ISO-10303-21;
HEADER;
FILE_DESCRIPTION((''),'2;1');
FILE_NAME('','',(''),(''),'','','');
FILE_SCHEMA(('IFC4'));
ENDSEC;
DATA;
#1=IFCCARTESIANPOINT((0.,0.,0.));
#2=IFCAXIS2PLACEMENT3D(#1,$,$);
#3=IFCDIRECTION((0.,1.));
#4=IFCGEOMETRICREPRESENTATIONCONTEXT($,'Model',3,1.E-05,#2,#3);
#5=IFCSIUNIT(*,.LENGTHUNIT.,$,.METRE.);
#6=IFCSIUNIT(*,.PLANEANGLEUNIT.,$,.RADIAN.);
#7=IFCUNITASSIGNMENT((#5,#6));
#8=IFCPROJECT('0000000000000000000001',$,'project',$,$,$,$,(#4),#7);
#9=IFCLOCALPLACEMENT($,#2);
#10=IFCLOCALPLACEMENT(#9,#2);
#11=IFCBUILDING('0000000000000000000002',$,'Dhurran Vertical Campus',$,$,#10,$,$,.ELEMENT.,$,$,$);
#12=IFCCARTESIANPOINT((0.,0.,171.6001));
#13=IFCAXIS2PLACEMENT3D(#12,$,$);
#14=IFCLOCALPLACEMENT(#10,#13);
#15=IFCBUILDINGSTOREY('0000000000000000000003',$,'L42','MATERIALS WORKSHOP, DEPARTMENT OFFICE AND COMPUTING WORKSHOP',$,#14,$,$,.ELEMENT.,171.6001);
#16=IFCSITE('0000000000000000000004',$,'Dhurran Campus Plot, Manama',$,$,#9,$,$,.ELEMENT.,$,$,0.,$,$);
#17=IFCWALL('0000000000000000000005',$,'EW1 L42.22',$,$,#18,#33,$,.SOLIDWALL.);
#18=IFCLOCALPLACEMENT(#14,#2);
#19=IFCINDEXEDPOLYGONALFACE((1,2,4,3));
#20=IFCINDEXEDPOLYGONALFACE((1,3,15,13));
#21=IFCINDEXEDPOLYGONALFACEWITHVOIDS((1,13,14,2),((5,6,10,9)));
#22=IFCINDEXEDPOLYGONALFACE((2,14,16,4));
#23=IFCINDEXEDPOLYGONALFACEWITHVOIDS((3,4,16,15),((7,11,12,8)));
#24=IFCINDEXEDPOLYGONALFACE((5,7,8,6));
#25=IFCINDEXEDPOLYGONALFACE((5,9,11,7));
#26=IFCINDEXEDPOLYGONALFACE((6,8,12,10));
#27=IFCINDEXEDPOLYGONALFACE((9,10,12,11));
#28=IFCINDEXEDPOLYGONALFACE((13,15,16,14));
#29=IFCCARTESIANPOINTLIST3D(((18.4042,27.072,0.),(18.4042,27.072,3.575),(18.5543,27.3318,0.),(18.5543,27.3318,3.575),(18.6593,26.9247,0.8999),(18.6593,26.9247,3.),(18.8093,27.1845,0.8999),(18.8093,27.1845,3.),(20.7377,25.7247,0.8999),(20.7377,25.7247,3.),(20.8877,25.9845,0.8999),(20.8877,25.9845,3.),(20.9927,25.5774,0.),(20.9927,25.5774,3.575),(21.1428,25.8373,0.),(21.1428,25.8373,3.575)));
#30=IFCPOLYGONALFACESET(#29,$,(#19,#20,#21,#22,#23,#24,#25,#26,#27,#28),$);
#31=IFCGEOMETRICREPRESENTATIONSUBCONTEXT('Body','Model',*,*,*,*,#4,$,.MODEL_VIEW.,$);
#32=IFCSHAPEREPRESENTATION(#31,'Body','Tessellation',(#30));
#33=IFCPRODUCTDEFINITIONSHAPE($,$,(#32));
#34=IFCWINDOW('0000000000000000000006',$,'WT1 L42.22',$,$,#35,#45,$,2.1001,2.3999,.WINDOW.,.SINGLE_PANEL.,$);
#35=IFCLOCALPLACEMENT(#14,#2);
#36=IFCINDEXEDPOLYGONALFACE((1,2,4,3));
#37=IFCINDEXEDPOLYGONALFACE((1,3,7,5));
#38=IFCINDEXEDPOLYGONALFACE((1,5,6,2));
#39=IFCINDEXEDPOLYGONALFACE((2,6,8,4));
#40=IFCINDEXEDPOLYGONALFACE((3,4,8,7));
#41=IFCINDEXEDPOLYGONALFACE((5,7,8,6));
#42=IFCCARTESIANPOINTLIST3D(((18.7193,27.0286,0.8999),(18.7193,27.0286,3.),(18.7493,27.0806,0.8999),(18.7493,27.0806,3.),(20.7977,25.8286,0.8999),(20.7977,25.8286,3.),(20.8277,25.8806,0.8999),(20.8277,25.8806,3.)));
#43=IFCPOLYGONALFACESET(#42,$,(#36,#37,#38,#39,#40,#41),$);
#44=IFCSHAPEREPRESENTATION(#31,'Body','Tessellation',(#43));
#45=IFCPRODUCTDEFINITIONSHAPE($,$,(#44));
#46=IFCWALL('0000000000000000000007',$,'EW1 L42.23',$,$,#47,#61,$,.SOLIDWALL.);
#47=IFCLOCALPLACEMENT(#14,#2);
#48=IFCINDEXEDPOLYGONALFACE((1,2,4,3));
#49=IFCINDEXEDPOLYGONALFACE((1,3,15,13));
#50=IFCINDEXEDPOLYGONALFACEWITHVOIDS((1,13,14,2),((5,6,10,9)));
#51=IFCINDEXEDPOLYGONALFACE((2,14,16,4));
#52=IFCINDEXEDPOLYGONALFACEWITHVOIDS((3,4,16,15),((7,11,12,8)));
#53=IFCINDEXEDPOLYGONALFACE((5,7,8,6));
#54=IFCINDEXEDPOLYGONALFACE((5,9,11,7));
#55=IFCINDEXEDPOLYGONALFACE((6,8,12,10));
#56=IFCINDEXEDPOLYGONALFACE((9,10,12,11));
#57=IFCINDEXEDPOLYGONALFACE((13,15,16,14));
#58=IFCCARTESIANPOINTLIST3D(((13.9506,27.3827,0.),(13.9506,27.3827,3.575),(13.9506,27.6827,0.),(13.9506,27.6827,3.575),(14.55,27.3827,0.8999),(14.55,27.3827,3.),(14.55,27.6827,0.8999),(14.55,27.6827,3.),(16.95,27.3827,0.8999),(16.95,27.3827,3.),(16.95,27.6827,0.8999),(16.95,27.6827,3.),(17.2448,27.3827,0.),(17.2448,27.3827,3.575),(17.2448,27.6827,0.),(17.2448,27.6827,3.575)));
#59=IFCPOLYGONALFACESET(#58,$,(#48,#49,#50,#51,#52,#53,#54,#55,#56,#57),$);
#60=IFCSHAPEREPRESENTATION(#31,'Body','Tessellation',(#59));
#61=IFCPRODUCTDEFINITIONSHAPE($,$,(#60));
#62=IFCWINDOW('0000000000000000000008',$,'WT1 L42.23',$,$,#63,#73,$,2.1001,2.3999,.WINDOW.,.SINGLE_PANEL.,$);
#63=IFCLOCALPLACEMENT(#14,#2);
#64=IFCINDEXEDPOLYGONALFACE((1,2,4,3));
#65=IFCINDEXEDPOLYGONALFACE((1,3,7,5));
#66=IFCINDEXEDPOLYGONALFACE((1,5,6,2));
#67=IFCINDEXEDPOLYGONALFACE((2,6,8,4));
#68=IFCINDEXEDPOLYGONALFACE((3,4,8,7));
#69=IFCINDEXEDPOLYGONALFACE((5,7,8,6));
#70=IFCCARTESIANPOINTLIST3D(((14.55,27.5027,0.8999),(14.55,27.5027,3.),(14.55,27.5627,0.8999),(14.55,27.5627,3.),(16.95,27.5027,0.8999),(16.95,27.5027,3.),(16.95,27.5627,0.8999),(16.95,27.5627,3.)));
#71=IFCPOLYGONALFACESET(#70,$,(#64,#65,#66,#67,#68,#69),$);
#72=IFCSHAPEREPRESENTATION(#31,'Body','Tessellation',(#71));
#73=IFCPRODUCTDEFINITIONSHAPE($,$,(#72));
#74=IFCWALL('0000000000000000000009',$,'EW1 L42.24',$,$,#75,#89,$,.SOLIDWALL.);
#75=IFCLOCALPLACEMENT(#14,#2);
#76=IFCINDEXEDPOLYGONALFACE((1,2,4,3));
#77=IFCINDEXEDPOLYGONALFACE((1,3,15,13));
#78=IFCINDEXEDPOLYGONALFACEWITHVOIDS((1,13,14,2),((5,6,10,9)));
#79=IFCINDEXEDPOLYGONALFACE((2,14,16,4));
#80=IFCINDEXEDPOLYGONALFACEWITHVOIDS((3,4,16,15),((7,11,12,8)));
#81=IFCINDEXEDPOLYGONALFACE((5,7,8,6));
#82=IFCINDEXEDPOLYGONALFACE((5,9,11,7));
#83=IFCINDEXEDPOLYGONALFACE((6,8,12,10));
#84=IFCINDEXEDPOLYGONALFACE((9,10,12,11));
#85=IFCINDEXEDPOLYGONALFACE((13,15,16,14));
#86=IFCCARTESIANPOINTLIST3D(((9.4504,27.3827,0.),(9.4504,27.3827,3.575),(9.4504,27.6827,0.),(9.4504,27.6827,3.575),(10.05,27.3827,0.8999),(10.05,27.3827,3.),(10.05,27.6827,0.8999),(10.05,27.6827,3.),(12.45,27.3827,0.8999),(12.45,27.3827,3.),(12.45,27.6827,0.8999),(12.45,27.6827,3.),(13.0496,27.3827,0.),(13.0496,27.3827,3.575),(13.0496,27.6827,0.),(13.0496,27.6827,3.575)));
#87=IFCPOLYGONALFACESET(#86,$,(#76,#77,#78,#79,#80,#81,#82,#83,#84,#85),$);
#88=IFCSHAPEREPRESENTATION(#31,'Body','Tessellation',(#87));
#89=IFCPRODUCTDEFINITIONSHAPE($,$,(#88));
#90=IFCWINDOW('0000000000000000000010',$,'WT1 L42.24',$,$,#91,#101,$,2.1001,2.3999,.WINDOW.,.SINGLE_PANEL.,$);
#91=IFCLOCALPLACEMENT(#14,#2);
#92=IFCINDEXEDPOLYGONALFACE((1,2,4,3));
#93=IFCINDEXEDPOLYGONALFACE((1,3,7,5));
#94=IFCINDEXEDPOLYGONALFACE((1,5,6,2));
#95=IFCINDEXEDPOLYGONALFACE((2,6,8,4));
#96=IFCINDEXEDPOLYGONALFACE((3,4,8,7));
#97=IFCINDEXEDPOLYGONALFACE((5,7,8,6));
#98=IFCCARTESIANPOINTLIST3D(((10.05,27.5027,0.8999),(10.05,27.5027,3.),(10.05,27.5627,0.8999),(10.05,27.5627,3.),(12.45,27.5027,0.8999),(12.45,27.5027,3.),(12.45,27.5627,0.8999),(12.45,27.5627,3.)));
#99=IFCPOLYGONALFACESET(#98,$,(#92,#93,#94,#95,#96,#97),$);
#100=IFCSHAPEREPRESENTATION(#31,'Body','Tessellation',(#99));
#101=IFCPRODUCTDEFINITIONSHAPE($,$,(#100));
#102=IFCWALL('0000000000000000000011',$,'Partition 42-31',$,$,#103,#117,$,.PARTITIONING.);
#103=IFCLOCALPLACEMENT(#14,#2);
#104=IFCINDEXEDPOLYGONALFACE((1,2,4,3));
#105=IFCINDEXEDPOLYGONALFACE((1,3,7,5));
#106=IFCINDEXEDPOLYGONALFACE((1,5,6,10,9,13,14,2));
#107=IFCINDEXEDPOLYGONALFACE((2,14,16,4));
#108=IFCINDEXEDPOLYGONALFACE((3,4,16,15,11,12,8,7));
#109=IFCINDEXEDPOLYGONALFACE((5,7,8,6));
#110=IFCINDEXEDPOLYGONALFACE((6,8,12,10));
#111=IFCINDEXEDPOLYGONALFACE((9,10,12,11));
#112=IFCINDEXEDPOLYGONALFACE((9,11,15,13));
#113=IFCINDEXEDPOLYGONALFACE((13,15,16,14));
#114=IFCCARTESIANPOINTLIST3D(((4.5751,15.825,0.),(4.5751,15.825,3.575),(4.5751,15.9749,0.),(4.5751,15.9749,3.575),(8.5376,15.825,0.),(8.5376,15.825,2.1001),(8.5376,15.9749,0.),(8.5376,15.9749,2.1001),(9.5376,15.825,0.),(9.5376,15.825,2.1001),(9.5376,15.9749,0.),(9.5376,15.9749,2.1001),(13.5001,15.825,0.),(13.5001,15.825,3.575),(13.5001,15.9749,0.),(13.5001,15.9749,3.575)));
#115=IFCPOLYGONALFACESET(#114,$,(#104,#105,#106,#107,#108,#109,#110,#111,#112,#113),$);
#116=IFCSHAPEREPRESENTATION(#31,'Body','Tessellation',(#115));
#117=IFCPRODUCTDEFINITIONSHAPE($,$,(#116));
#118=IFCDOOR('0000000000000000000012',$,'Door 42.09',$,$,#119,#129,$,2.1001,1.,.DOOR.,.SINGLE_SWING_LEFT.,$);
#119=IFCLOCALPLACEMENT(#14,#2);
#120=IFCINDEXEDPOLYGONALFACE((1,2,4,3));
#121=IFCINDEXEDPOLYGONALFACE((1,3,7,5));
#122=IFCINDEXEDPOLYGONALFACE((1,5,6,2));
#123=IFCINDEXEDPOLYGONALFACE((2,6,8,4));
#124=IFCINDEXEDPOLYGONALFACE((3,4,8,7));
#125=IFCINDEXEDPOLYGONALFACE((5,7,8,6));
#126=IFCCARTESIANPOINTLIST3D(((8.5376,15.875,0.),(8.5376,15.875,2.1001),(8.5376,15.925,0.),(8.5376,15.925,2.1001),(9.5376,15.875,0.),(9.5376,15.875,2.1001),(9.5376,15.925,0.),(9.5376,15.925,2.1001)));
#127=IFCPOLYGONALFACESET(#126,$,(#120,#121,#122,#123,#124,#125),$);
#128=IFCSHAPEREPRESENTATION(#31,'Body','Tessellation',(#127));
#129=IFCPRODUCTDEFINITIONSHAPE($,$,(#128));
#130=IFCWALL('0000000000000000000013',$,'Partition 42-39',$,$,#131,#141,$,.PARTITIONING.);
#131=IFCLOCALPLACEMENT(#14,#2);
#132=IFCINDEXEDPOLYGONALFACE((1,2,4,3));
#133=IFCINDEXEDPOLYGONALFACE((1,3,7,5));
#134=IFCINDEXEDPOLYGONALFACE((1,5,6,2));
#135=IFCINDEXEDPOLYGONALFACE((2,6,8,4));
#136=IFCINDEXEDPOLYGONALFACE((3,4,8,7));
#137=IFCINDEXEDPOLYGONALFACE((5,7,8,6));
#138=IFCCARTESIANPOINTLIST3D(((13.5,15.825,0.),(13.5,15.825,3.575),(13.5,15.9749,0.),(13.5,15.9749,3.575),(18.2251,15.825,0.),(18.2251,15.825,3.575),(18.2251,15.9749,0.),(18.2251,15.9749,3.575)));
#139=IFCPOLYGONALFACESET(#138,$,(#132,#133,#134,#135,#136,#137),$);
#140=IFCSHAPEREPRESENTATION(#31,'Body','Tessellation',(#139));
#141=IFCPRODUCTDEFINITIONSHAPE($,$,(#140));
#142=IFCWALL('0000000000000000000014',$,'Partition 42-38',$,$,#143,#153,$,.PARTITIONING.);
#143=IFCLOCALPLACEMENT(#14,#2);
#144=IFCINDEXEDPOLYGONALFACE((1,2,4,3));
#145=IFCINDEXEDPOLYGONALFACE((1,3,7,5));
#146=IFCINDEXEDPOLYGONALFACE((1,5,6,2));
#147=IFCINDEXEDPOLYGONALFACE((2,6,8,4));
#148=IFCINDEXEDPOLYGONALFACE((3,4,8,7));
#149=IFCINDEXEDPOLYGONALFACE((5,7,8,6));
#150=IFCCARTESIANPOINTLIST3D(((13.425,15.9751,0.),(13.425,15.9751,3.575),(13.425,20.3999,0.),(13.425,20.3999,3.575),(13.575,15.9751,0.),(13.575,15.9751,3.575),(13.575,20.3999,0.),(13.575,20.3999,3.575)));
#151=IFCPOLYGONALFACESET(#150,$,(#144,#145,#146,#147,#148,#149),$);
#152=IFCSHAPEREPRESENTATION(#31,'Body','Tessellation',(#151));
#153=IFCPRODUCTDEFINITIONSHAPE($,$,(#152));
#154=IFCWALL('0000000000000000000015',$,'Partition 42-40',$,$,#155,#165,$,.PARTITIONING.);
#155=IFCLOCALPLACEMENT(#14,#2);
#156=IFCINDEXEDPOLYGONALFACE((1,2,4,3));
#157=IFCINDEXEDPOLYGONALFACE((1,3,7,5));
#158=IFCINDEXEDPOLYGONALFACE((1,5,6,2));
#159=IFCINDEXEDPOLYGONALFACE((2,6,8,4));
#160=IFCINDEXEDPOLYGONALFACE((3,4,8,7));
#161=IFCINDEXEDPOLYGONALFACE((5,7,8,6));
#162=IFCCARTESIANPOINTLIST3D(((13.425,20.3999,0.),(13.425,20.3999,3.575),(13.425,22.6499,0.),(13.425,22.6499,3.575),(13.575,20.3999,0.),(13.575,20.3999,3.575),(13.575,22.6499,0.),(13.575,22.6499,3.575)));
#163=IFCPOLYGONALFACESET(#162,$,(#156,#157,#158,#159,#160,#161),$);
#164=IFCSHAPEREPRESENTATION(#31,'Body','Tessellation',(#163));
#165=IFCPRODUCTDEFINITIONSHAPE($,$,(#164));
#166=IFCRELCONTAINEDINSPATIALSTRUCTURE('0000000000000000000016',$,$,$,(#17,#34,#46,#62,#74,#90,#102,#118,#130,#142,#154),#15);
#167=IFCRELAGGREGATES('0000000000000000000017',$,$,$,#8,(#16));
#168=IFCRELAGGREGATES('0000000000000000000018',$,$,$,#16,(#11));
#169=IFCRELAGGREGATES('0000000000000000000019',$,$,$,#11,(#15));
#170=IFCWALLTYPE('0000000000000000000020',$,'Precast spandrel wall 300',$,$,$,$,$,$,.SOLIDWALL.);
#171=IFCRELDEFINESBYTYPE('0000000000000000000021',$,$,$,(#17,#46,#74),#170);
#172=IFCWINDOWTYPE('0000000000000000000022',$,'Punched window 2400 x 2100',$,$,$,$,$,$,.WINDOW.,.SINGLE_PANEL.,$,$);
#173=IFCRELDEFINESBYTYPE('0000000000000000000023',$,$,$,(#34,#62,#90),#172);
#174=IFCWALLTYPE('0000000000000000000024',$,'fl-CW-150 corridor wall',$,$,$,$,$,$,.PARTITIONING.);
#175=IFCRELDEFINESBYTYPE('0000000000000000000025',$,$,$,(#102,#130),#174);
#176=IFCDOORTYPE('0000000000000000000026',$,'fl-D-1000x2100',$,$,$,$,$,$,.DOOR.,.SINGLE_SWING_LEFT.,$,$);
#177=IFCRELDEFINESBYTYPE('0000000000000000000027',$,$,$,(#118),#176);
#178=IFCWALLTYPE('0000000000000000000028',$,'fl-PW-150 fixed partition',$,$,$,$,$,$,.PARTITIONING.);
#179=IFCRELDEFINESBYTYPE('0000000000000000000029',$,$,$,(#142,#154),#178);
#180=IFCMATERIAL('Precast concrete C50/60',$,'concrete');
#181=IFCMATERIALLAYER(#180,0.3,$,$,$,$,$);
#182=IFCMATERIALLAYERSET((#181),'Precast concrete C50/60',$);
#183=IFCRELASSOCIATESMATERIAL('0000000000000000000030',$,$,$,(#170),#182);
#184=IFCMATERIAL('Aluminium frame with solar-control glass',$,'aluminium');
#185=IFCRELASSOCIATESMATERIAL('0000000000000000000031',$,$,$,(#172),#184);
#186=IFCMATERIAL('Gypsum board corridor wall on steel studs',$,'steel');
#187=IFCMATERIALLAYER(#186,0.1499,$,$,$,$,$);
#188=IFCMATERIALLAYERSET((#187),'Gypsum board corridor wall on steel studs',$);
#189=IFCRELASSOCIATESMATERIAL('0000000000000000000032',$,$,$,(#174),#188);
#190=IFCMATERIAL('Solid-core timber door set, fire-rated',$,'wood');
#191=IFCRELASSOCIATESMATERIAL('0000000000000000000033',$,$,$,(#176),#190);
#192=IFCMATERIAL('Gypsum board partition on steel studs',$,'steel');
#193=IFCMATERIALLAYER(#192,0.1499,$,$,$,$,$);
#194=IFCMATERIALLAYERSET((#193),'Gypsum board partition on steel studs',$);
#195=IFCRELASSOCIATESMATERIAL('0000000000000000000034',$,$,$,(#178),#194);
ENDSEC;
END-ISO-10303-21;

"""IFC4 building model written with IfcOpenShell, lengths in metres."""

from ifc_helpers import new_model, si_unit, direction, frame, frame_2d, origin, place, context, subcontext, project, spatial, rectangle, extrude, material, layer, layer_set, type_object, element, fill, save


model = new_model("IFC4")

# Units and contexts
model_context = context("Model", 3, precision=1e-05, world=origin(), true_north=direction((0.0, 1.0)))
body_context = subcontext(model_context, "Body", "Model", "MODEL_VIEW")
ifc_project = project(units=[si_unit("LENGTHUNIT", "METRE"), si_unit("PLANEANGLEUNIT", "RADIAN")], contexts=[model_context])

# Site, building, storey
site_placement = place(None, origin())
site = spatial("IfcSite", under=ifc_project, at=site_placement, Name="Dhurran Campus Plot, Manama", CompositionType="ELEMENT", RefElevation=0.0)
building_placement = place(site_placement, origin())
building = spatial("IfcBuilding", under=site, at=building_placement, Name="Dhurran Vertical Campus", CompositionType="ELEMENT")
storey_placement = place(building_placement, frame((0.0, 0.0, 171.6001)))
storey = spatial("IfcBuildingStorey", under=building, at=storey_placement, Name="L42", Description="MATERIALS WORKSHOP, DEPARTMENT OFFICE AND COMPUTING WORKSHOP", CompositionType="ELEMENT", Elevation=171.6001)

# Walls, openings, windows
ifc_material_1 = material(Name="Precast concrete C50/60", Category="concrete")
ifc_layer_1 = layer(ifc_material_1, 0.3)
ifc_layer_set_1 = layer_set([ifc_layer_1], Name="Precast concrete C50/60")
wall_type_1 = type_object("IfcWallType", Name="Precast spandrel wall 300", PredefinedType="SOLIDWALL", material=ifc_layer_set_1)
ifc_material_2 = material(Name="Aluminium frame with solar-control glass", Category="aluminium")
window_type = type_object("IfcWindowType", Name="Punched window 2400 x 2100", PartitioningType="SINGLE_PANEL", PredefinedType="WINDOW", material=ifc_material_2)
wall_1_placement = place(storey_placement, frame((21.0679, 25.7073, 0.0), z_axis=(0.0, 0.0, 1.0), x_axis=(-0.866013, 0.500022, 0.0)))
wall_1 = element("IfcWall", 1, at=wall_1_placement, inside=storey, type_object=wall_type_1, Name="EW1 L42.22", PredefinedType="SOLIDWALL", context=body_context, shape_type="SweptSolid", body=[
    extrude(rectangle(XDim=2.989, YDim=0.3, at=frame_2d((1.4946, 0.0))), origin(), (0.0, 0.0, 1.0), 3.575),
])
opening_1_placement = place(wall_1_placement, frame((0.2947, 0.0, 0.8999)))
opening_1 = element("IfcOpeningElement", 2, at=opening_1_placement, cuts=wall_1, PredefinedType="OPENING", context=body_context, shape_type="SweptSolid", body=[
    extrude(rectangle(XDim=2.3999, YDim=2.1001, at=frame_2d((1.2, 1.05))), frame((0.0, 0.1599, 0.0), z_axis=(0.0, -1.0, 0.0), x_axis=(1.0, 0.0, 0.0)), (0.0, 0.0, 1.0), 0.3201),
])
window_1_placement = place(opening_1_placement, origin())
window_1 = element("IfcWindow", 3, at=window_1_placement, inside=storey, type_object=window_type, Name="WT1 L42.22", OverallHeight=2.1001, OverallWidth=2.3999, PartitioningType="SINGLE_PANEL", PredefinedType="WINDOW", context=body_context, shape_type="SweptSolid", body=[
    extrude(rectangle(XDim=2.3999, YDim=2.1001, at=frame_2d((1.2, 1.05))), frame((0.0, 0.03, 0.0), z_axis=(0.0, -1.0, 0.0), x_axis=(1.0, 0.0, 0.0)), (0.0, 0.0, 1.0), 0.0601),
])
fill(opening_1, window_1)
wall_2_placement = place(storey_placement, frame((17.2446, 27.5327, 0.0), z_axis=(0.0, 0.0, 1.0), x_axis=(-1.0, 0.0, 0.0)))
wall_2 = element("IfcWall", 4, at=wall_2_placement, inside=storey, type_object=wall_type_1, Name="EW1 L42.23", PredefinedType="SOLIDWALL", context=body_context, shape_type="SweptSolid", body=[
    extrude(rectangle(XDim=3.2942, YDim=0.3, at=frame_2d((1.647, 0.0))), origin(), (0.0, 0.0, 1.0), 3.575),
])
opening_2_placement = place(wall_2_placement, frame((0.2947, 0.0, 0.8999)))
opening_2 = element("IfcOpeningElement", 5, at=opening_2_placement, cuts=wall_2, PredefinedType="OPENING", context=body_context, shape_type="SweptSolid", body=[
    extrude(rectangle(XDim=2.3999, YDim=2.1001, at=frame_2d((1.2, 1.05))), frame((0.0, 0.1599, 0.0), z_axis=(0.0, -1.0, 0.0), x_axis=(1.0, 0.0, 0.0)), (0.0, 0.0, 1.0), 0.3201),
])
window_2_placement = place(opening_2_placement, origin())
window_2 = element("IfcWindow", 6, at=window_2_placement, inside=storey, type_object=window_type, Name="WT1 L42.23", OverallHeight=2.1001, OverallWidth=2.3999, PartitioningType="SINGLE_PANEL", PredefinedType="WINDOW", context=body_context, shape_type="SweptSolid", body=[
    extrude(rectangle(XDim=2.3999, YDim=2.1001, at=frame_2d((1.2, 1.05))), frame((0.0, 0.03, 0.0), z_axis=(0.0, -1.0, 0.0), x_axis=(1.0, 0.0, 0.0)), (0.0, 0.0, 1.0), 0.0601),
])
fill(opening_2, window_2)
wall_3_placement = place(storey_placement, frame((13.0496, 27.5327, 0.0), z_axis=(0.0, 0.0, 1.0), x_axis=(-1.0, 0.0, 0.0)))
wall_3 = element("IfcWall", 7, at=wall_3_placement, inside=storey, type_object=wall_type_1, Name="EW1 L42.24", PredefinedType="SOLIDWALL", context=body_context, shape_type="SweptSolid", body=[
    extrude(rectangle(XDim=3.5991, YDim=0.3, at=frame_2d((1.7996, 0.0))), origin(), (0.0, 0.0, 1.0), 3.575),
])
opening_3_placement = place(wall_3_placement, frame((0.5996, 0.0, 0.8999)))
opening_3 = element("IfcOpeningElement", 8, at=opening_3_placement, cuts=wall_3, PredefinedType="OPENING", context=body_context, shape_type="SweptSolid", body=[
    extrude(rectangle(XDim=2.3999, YDim=2.1001, at=frame_2d((1.2, 1.05))), frame((0.0, 0.1599, 0.0), z_axis=(0.0, -1.0, 0.0), x_axis=(1.0, 0.0, 0.0)), (0.0, 0.0, 1.0), 0.3201),
])
window_3_placement = place(opening_3_placement, origin())
window_3 = element("IfcWindow", 9, at=window_3_placement, inside=storey, type_object=window_type, Name="WT1 L42.24", OverallHeight=2.1001, OverallWidth=2.3999, PartitioningType="SINGLE_PANEL", PredefinedType="WINDOW", context=body_context, shape_type="SweptSolid", body=[
    extrude(rectangle(XDim=2.3999, YDim=2.1001, at=frame_2d((1.2, 1.05))), frame((0.0, 0.03, 0.0), z_axis=(0.0, -1.0, 0.0), x_axis=(1.0, 0.0, 0.0)), (0.0, 0.0, 1.0), 0.0601),
])
fill(opening_3, window_3)

# Wall, opening, door
ifc_material_3 = material(Name="Gypsum board corridor wall on steel studs", Category="steel")
ifc_layer_2 = layer(ifc_material_3, 0.1499)
ifc_layer_set_2 = layer_set([ifc_layer_2], Name="Gypsum board corridor wall on steel studs")
wall_type_2 = type_object("IfcWallType", Name="fl-CW-150 corridor wall", PredefinedType="PARTITIONING", material=ifc_layer_set_2)
wall_4_placement = place(storey_placement, frame((13.5, 15.8999, 0.0), z_axis=(0.0, 0.0, 1.0), x_axis=(-1.0, 0.0, 0.0)))
wall_4 = element("IfcWall", 10, at=wall_4_placement, inside=storey, type_object=wall_type_2, Name="Partition 42-31", PredefinedType="PARTITIONING", context=body_context, shape_type="SweptSolid", body=[
    extrude(rectangle(XDim=8.925, YDim=0.1499, at=frame_2d((4.4624, 0.0))), origin(), (0.0, 0.0, 1.0), 3.575),
])
opening_4_placement = place(wall_4_placement, frame((3.9624, 0.0, 0.0)))
opening_4 = element("IfcOpeningElement", 11, at=opening_4_placement, cuts=wall_4, PredefinedType="OPENING", context=body_context, shape_type="SweptSolid", body=[
    extrude(rectangle(XDim=1.0, YDim=2.1001, at=frame_2d((0.5, 1.05))), frame((0.0, 0.085, 0.0), z_axis=(0.0, -1.0, 0.0), x_axis=(1.0, 0.0, 0.0)), (0.0, 0.0, 1.0), 0.1699),
])
ifc_material_4 = material(Name="Solid-core timber door set, fire-rated", Category="wood")
door_type = type_object("IfcDoorType", Name="fl-D-1000x2100", OperationType="SINGLE_SWING_LEFT", PredefinedType="DOOR", material=ifc_material_4)
door_placement = place(opening_4_placement, origin())
door = element("IfcDoor", 12, at=door_placement, inside=storey, type_object=door_type, Name="Door 42.09", OperationType="SINGLE_SWING_LEFT", OverallHeight=2.1001, OverallWidth=1.0, PredefinedType="DOOR", context=body_context, shape_type="SweptSolid", body=[
    extrude(rectangle(XDim=1.0, YDim=2.1001, at=frame_2d((0.5, 1.05))), frame((0.0, 0.0249, 0.0), z_axis=(0.0, -1.0, 0.0), x_axis=(1.0, 0.0, 0.0)), (0.0, 0.0, 1.0), 0.05),
])
fill(opening_4, door)

# Walls
wall_5_placement = place(storey_placement, frame((18.2251, 15.8999, 0.0), z_axis=(0.0, 0.0, 1.0), x_axis=(-1.0, 0.0, 0.0)))
element("IfcWall", 13, at=wall_5_placement, inside=storey, type_object=wall_type_2, Name="Partition 42-39", PredefinedType="PARTITIONING", context=body_context, shape_type="SweptSolid", body=[
    extrude(rectangle(XDim=4.7251, YDim=0.1499, at=frame_2d((2.3625, 0.0))), origin(), (0.0, 0.0, 1.0), 3.575),
])
ifc_material_5 = material(Name="Gypsum board partition on steel studs", Category="steel")
ifc_layer_3 = layer(ifc_material_5, 0.1499)
ifc_layer_set_3 = layer_set([ifc_layer_3], Name="Gypsum board partition on steel studs")
wall_type_3 = type_object("IfcWallType", Name="fl-PW-150 fixed partition", PredefinedType="PARTITIONING", material=ifc_layer_set_3)
wall_6_placement = place(storey_placement, frame((13.5, 20.3999, 0.0), z_axis=(0.0, 0.0, 1.0), x_axis=(0.0, -1.0, 0.0)))
element("IfcWall", 14, at=wall_6_placement, inside=storey, type_object=wall_type_3, Name="Partition 42-38", PredefinedType="PARTITIONING", context=body_context, shape_type="SweptSolid", body=[
    extrude(rectangle(XDim=4.4248, YDim=0.1499, at=frame_2d((2.2124, 0.0))), origin(), (0.0, 0.0, 1.0), 3.575),
])
wall_7_placement = place(storey_placement, frame((13.5, 22.6499, 0.0), z_axis=(0.0, 0.0, 1.0), x_axis=(0.0, -1.0, 0.0)))
element("IfcWall", 15, at=wall_7_placement, inside=storey, type_object=wall_type_3, Name="Partition 42-40", PredefinedType="PARTITIONING", context=body_context, shape_type="SweptSolid", body=[
    extrude(rectangle(XDim=2.25, YDim=0.1499, at=frame_2d((1.125, 0.0))), origin(), (0.0, 0.0, 1.0), 3.575),
])

save(model, "model.ifc")
